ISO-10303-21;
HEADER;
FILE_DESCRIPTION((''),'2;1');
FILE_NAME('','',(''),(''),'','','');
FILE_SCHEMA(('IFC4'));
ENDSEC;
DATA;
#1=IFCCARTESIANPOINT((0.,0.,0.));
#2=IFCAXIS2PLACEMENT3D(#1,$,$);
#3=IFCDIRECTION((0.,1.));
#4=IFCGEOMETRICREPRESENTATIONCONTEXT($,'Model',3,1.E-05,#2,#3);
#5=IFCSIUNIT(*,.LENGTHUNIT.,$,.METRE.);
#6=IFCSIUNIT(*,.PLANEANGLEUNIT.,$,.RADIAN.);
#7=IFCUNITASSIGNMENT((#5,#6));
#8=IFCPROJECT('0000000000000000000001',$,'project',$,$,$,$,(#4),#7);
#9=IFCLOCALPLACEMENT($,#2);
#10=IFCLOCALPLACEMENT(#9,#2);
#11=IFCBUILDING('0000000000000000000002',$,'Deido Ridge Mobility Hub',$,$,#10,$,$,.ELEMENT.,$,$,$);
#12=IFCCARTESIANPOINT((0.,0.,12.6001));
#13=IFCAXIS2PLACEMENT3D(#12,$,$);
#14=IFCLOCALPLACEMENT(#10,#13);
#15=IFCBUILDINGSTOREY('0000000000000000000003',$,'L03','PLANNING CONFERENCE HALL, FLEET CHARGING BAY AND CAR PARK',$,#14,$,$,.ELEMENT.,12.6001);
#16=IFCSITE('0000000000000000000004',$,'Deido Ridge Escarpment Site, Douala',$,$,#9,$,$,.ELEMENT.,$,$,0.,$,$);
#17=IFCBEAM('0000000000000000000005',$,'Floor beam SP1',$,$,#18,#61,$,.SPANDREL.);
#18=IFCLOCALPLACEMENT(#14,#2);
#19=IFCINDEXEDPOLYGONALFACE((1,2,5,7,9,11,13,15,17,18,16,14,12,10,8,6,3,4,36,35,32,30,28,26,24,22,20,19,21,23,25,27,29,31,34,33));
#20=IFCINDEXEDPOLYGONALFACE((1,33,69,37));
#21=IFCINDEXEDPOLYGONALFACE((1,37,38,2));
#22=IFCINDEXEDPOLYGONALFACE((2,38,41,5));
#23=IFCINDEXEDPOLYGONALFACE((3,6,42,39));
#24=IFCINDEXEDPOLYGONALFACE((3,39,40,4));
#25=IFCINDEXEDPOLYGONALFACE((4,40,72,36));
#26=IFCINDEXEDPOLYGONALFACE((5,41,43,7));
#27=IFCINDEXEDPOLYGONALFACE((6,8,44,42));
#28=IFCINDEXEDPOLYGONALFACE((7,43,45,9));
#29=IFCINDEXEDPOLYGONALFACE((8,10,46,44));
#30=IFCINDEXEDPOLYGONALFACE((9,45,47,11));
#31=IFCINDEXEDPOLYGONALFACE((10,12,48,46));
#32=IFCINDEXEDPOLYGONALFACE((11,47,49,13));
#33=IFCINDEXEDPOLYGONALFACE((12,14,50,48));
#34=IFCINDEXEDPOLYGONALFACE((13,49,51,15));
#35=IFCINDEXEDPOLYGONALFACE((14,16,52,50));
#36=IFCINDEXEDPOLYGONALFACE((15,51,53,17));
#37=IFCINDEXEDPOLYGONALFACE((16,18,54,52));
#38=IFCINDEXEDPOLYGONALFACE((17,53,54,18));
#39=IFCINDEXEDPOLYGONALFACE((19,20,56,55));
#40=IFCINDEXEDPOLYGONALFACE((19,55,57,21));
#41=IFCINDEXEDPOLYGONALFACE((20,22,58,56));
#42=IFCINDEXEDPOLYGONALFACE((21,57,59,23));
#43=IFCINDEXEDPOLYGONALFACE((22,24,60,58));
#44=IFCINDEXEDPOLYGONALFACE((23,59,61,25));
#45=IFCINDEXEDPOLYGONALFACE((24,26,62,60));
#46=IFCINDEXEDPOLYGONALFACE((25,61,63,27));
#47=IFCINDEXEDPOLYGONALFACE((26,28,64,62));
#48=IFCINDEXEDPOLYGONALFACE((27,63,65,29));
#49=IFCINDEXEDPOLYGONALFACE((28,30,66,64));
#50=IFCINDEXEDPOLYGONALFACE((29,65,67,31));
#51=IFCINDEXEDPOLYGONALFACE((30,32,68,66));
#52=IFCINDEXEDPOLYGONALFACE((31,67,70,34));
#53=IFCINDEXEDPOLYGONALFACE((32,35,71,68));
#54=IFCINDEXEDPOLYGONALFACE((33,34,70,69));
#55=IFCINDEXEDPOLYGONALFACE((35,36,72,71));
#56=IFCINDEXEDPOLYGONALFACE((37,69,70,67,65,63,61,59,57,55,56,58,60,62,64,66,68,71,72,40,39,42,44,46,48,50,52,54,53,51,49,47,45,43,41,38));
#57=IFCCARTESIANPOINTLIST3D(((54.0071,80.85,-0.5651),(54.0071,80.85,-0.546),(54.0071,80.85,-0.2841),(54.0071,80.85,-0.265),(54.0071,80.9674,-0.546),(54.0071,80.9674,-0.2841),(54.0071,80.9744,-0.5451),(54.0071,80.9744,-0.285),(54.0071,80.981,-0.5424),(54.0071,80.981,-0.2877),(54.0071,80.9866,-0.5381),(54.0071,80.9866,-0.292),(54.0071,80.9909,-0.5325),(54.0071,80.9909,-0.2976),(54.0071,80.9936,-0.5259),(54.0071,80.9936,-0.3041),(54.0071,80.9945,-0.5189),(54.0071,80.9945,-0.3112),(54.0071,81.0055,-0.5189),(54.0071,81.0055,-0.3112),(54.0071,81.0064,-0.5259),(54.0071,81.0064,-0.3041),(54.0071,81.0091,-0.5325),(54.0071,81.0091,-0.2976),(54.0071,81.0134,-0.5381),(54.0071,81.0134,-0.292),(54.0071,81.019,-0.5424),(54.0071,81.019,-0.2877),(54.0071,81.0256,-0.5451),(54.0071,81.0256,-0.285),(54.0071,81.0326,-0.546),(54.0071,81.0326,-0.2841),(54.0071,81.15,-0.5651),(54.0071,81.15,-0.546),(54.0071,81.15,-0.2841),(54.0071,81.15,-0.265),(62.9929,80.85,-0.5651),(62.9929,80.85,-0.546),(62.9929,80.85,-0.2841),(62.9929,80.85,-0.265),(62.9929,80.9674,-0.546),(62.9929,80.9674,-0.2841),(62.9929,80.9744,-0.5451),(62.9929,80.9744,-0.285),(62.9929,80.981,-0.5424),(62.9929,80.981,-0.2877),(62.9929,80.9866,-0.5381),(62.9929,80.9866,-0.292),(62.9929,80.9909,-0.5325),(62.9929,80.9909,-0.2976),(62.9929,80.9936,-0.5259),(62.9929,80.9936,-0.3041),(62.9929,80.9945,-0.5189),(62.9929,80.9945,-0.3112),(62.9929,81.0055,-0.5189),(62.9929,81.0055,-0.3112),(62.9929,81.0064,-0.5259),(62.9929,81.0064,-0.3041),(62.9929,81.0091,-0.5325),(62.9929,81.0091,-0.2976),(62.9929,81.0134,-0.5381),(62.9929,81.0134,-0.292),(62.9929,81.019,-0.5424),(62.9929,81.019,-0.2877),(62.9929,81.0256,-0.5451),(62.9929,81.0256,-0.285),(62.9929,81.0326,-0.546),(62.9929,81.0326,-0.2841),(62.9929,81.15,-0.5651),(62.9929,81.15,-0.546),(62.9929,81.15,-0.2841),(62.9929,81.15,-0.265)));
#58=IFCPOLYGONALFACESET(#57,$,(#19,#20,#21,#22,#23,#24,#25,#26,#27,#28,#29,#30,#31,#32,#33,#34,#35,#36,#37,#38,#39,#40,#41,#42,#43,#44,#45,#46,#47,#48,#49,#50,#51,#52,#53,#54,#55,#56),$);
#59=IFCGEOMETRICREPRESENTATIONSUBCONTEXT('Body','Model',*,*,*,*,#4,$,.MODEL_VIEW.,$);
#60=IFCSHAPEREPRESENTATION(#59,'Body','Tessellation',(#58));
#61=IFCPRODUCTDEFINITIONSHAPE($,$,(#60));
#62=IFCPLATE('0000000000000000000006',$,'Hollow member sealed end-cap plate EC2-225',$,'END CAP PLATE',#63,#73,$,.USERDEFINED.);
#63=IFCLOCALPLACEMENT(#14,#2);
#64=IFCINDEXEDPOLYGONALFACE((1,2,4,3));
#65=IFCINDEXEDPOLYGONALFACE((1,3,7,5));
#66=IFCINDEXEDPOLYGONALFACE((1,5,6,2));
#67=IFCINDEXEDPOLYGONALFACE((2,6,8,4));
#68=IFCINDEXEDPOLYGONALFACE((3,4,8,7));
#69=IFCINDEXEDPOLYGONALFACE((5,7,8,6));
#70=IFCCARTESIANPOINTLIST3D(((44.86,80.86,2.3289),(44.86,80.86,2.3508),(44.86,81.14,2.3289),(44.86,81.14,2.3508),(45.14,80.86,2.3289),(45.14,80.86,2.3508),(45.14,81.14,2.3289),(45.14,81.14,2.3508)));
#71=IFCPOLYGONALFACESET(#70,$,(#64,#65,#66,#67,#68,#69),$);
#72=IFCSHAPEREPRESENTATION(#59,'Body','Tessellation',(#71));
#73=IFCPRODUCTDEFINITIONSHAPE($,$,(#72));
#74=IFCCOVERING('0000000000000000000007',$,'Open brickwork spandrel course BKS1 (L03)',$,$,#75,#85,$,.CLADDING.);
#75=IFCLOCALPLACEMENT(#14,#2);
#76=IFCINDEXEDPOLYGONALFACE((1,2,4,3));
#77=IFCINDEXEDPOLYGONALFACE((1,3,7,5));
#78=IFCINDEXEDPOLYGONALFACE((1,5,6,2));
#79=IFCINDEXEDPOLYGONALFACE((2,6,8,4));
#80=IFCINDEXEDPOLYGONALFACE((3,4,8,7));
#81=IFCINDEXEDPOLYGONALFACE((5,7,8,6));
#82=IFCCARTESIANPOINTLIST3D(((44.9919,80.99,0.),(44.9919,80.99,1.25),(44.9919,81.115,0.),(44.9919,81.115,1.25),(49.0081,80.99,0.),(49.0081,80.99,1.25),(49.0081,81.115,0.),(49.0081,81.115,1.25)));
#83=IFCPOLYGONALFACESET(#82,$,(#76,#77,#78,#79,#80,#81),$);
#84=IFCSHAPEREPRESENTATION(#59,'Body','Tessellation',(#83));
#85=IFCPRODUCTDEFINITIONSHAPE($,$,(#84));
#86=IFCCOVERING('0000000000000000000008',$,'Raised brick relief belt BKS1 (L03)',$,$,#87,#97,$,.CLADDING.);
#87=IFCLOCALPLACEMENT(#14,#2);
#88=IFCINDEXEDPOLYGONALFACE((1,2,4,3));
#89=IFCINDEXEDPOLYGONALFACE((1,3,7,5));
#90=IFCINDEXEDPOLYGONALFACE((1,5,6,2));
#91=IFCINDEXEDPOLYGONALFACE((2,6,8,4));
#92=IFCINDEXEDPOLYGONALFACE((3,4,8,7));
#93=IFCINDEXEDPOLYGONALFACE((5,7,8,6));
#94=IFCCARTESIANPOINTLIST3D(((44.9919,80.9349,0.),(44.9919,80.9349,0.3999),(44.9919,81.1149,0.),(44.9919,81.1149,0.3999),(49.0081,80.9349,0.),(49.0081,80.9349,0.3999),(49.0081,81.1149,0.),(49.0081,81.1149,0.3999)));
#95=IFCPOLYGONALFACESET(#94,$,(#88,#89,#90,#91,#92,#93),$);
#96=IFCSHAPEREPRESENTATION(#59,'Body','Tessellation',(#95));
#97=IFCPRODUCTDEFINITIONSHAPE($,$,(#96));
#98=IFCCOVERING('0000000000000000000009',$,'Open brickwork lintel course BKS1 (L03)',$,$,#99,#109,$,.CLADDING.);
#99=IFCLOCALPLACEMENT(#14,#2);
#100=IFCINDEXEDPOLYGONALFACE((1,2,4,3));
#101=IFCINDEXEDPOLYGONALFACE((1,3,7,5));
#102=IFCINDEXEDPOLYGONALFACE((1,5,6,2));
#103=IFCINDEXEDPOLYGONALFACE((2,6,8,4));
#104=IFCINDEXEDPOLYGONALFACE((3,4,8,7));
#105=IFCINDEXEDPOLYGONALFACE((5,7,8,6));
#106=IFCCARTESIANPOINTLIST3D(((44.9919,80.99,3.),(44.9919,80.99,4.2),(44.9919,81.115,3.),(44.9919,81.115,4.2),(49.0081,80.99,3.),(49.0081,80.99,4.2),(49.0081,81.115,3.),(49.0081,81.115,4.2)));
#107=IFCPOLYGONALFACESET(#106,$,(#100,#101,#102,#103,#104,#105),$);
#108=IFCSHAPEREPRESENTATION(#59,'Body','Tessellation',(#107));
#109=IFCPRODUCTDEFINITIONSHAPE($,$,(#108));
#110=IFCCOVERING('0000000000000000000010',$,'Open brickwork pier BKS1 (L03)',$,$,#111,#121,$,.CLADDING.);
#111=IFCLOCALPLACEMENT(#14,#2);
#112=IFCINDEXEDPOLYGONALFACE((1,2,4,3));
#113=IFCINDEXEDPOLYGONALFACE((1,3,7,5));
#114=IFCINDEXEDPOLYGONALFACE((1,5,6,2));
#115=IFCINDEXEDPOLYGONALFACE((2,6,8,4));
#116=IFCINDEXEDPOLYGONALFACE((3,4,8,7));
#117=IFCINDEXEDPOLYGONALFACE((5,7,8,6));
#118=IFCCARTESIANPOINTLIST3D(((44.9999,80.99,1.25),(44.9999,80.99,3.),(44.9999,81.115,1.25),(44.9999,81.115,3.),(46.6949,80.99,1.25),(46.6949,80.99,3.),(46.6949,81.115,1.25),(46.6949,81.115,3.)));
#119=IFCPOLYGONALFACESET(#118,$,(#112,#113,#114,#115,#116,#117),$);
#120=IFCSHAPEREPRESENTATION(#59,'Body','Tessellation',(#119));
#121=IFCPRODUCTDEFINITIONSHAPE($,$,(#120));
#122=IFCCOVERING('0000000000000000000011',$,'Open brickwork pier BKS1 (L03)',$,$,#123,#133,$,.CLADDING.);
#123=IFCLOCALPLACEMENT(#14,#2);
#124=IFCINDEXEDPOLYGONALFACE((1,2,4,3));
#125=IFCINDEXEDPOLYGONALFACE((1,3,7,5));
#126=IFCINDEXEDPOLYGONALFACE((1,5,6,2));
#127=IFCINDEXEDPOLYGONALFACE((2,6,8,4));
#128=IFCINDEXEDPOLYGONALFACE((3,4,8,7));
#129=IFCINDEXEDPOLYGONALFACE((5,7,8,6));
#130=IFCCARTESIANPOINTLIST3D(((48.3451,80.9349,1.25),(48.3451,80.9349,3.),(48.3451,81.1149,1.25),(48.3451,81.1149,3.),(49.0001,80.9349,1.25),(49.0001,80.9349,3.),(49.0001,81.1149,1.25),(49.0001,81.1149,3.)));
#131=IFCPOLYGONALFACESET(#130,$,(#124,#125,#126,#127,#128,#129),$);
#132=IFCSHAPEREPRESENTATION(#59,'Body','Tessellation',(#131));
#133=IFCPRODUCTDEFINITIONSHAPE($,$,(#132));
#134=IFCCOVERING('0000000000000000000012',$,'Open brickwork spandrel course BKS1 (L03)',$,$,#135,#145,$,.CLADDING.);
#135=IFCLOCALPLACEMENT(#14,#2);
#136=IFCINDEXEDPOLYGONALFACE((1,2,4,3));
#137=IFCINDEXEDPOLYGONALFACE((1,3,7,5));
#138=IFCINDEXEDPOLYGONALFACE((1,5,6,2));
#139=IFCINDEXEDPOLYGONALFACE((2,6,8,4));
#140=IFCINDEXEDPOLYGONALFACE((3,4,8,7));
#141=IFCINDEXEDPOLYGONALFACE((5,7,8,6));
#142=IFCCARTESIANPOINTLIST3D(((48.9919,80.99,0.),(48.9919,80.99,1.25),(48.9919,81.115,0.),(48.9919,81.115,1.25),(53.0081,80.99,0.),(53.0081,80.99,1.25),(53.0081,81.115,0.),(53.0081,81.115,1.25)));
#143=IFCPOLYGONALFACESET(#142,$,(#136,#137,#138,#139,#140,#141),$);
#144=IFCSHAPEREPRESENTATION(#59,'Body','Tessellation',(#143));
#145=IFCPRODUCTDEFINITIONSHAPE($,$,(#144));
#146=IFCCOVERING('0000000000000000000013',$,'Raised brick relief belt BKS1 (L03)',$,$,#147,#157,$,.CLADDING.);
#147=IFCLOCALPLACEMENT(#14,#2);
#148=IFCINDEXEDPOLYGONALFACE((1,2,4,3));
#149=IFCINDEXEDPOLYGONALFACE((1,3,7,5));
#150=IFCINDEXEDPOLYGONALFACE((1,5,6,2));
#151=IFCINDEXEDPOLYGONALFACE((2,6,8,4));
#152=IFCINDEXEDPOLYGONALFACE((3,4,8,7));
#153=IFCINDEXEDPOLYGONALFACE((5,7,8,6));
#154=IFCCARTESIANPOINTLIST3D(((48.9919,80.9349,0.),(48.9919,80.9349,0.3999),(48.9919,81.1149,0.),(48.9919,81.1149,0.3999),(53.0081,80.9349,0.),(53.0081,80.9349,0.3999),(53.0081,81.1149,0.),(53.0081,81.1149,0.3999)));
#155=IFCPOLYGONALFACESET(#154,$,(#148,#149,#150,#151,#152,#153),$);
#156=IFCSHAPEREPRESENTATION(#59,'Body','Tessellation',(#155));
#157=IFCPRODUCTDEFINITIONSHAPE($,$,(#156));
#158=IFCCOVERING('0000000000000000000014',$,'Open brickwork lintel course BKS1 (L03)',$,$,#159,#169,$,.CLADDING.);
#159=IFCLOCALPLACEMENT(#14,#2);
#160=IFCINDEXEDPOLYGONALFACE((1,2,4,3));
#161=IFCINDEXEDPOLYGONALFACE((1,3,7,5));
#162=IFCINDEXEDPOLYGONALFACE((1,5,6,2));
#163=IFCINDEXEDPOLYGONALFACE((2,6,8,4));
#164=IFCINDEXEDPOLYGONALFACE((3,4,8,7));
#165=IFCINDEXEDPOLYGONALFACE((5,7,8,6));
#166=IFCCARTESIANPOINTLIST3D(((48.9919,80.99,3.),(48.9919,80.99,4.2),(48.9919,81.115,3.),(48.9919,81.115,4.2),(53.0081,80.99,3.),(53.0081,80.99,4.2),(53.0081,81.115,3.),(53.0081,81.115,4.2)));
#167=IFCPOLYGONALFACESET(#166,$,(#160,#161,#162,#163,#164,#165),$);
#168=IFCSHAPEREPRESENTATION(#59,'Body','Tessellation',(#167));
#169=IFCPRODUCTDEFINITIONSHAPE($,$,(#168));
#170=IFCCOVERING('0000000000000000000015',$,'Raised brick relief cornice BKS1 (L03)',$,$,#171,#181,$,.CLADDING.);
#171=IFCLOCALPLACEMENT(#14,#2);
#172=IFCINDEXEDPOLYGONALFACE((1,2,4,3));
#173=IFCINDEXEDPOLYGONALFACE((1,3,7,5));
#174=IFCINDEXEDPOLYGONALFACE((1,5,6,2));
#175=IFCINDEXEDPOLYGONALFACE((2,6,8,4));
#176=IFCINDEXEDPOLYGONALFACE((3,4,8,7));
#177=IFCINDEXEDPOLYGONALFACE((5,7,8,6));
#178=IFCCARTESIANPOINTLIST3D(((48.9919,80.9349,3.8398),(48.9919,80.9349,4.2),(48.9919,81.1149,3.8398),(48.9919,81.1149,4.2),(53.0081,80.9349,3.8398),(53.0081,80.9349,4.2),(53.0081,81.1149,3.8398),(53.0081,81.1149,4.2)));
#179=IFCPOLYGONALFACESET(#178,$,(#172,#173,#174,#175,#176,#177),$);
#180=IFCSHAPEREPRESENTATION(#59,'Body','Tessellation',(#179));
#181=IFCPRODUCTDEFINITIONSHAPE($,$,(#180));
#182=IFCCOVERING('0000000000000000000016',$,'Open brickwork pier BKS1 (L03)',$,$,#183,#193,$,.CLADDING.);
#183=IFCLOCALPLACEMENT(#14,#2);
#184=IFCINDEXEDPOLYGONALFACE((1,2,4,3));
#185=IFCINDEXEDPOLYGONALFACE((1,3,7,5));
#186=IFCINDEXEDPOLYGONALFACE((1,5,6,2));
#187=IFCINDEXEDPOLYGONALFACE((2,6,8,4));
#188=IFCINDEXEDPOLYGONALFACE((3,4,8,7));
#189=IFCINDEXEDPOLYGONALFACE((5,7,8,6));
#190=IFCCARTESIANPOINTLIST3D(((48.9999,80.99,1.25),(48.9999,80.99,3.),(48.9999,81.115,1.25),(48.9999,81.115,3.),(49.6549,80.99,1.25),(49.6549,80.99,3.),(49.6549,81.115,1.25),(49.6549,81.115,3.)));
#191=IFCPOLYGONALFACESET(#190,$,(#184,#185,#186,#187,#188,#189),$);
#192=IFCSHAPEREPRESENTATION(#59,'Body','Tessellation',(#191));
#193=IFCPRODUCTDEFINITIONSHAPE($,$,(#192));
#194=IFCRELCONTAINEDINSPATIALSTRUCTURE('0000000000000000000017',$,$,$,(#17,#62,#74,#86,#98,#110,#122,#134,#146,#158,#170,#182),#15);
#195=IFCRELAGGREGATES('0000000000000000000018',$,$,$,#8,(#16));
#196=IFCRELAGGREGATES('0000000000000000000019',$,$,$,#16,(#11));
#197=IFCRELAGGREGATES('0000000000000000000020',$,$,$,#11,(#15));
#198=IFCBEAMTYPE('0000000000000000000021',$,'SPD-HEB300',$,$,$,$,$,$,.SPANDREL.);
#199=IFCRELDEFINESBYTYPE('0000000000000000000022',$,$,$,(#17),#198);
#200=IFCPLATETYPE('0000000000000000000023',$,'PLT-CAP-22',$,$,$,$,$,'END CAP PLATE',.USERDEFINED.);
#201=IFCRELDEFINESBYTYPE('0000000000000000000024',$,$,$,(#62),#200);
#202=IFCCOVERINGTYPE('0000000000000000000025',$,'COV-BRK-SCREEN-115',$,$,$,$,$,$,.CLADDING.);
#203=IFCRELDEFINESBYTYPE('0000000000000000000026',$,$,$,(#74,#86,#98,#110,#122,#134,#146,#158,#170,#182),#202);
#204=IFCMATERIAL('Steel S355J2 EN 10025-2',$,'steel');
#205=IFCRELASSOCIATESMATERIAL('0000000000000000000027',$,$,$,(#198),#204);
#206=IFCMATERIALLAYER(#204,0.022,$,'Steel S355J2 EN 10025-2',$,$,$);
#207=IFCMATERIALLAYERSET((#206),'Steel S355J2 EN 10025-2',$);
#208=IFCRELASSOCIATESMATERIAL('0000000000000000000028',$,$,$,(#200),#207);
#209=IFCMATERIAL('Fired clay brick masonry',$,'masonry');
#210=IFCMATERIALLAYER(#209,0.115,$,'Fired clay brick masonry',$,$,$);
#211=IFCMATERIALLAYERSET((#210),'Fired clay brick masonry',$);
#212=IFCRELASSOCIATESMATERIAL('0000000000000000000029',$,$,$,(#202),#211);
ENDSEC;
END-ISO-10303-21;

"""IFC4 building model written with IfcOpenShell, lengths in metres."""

from ifc_helpers import new_model, si_unit, direction, frame, origin, origin_2d, place, context, subcontext, project, spatial, rectangle, i_section, extrude, material, layer, layer_set, material_profile, profile_set, type_object, element, save


model = new_model("IFC4")

# Units and contexts
model_context = context("Model", 3, precision=1e-05, world=origin(), true_north=direction((0.0, 1.0)))
body_context = subcontext(model_context, "Body", "Model", "MODEL_VIEW")
ifc_project = project(units=[si_unit("LENGTHUNIT", "METRE"), si_unit("PLANEANGLEUNIT", "RADIAN")], contexts=[model_context])

# Site, building, storey
site_placement = place(None, origin())
site = spatial("IfcSite", under=ifc_project, at=site_placement, Name="Deido Ridge Escarpment Site, Douala", CompositionType="ELEMENT", RefElevation=0.0)
building_placement = place(site_placement, origin())
building = spatial("IfcBuilding", under=site, at=building_placement, Name="Deido Ridge Mobility Hub", CompositionType="ELEMENT")
storey_placement = place(building_placement, frame((0.0, 0.0, 12.6001)))
storey = spatial("IfcBuildingStorey", under=building, at=storey_placement, Name="L03", Description="PLANNING CONFERENCE HALL, FLEET CHARGING BAY AND CAR PARK", CompositionType="ELEMENT", Elevation=12.6001)

# Shared definitions
ifc_material_1 = material(Name="Steel S355J2 EN 10025-2", Category="steel")

# Beam
ifc_material_profile_1 = material_profile(ifc_material_1, i_section(OverallWidth=0.3, OverallDepth=0.3, WebThickness=0.011, FlangeThickness=0.019, FilletRadius=0.0271, at=origin_2d()), Name="HEB 300")
ifc_profile_set_1 = profile_set([ifc_material_profile_1], Name="Steel S355J2 EN 10025-2")
beam_type_1 = type_object("IfcBeamType", Name="SPD-HEB300", PredefinedType="SPANDREL", material=ifc_profile_set_1)
for number, where, z_axis, x_axis, name in (
    (1, (54.0071, 81.0, -0.415), (1.0, 0.0, 0.0), (0.0, 1.0, 0.0), "Floor beam SP1"),
):
    element("IfcBeam", number, at=place(storey_placement, frame(where, z_axis=z_axis, x_axis=x_axis)), inside=storey, type_object=beam_type_1, Name=name, PredefinedType="SPANDREL", context=body_context, shape_type="SweptSolid", body=[
        extrude(i_section(OverallWidth=0.3, OverallDepth=0.3, WebThickness=0.011, FlangeThickness=0.019, FilletRadius=0.0271, at=origin_2d()), origin(), (0.0, 0.0, 1.0), 8.9858),
    ])

# Plate
ifc_layer_1 = layer(ifc_material_1, 0.022, Name="Steel S355J2 EN 10025-2")
ifc_layer_set_1 = layer_set([ifc_layer_1], Name="Steel S355J2 EN 10025-2")
plate_type = type_object("IfcPlateType", Name="PLT-CAP-22", ElementType="END CAP PLATE", PredefinedType="USERDEFINED", material=ifc_layer_set_1)
plate_placement = place(storey_placement, frame((45.0, 81.0, 2.3289), z_axis=(0.0, 0.0, 1.0), x_axis=(1.0, 0.0, 0.0)))
element("IfcPlate", 2, at=plate_placement, inside=storey, type_object=plate_type, Name="Hollow member sealed end-cap plate EC2-225", ObjectType="END CAP PLATE", PredefinedType="USERDEFINED", context=body_context, shape_type="SweptSolid", body=[
    extrude(rectangle(XDim=0.28, YDim=0.28, at=origin_2d()), origin(), (0.0, 0.0, 1.0), 0.022),
])

# Coverings
ifc_material_2 = material(Name="Fired clay brick masonry", Category="masonry")
ifc_layer_2 = layer(ifc_material_2, 0.115, Name="Fired clay brick masonry")
ifc_layer_set_2 = layer_set([ifc_layer_2], Name="Fired clay brick masonry")
covering_type = type_object("IfcCoveringType", Name="COV-BRK-SCREEN-115", PredefinedType="CLADDING", material=ifc_layer_set_2)
covering_1_placement = place(storey_placement, frame((47.0, 81.0525, 0.0), z_axis=(0.0, 0.0, 1.0), x_axis=(1.0, 0.0, 0.0)))
element("IfcCovering", 3, at=covering_1_placement, inside=storey, type_object=covering_type, Name="Open brickwork spandrel course BKS1 (L03)", PredefinedType="CLADDING", context=body_context, shape_type="SweptSolid", body=[
    extrude(rectangle(XDim=4.0161, YDim=0.125, at=origin_2d()), origin(), (0.0, 0.0, 1.0), 1.25),
])
covering_2_placement = place(storey_placement, frame((47.0, 81.0249, 0.0), z_axis=(0.0, 0.0, 1.0), x_axis=(1.0, 0.0, 0.0)))
element("IfcCovering", 4, at=covering_2_placement, inside=storey, type_object=covering_type, Name="Raised brick relief belt BKS1 (L03)", PredefinedType="CLADDING", context=body_context, shape_type="SweptSolid", body=[
    extrude(rectangle(XDim=4.0161, YDim=0.1799, at=origin_2d()), origin(), (0.0, 0.0, 1.0), 0.3999),
])
covering_3_placement = place(storey_placement, frame((47.0, 81.0525, 3.0), z_axis=(0.0, 0.0, 1.0), x_axis=(1.0, 0.0, 0.0)))
element("IfcCovering", 5, at=covering_3_placement, inside=storey, type_object=covering_type, Name="Open brickwork lintel course BKS1 (L03)", PredefinedType="CLADDING", context=body_context, shape_type="SweptSolid", body=[
    extrude(rectangle(XDim=4.0161, YDim=0.125, at=origin_2d()), origin(), (0.0, 0.0, 1.0), 1.2),
])
covering_4_placement = place(storey_placement, frame((45.8474, 81.0525, 1.25), z_axis=(0.0, 0.0, 1.0), x_axis=(1.0, 0.0, 0.0)))
element("IfcCovering", 6, at=covering_4_placement, inside=storey, type_object=covering_type, Name="Open brickwork pier BKS1 (L03)", PredefinedType="CLADDING", context=body_context, shape_type="SweptSolid", body=[
    extrude(rectangle(XDim=1.6951, YDim=0.125, at=origin_2d()), origin(), (0.0, 0.0, 1.0), 1.75),
])
covering_5_placement = place(storey_placement, frame((48.6726, 81.0249, 1.25), z_axis=(0.0, 0.0, 1.0), x_axis=(1.0, 0.0, 0.0)))
element("IfcCovering", 7, at=covering_5_placement, inside=storey, type_object=covering_type, Name="Open brickwork pier BKS1 (L03)", PredefinedType="CLADDING", context=body_context, shape_type="SweptSolid", body=[
    extrude(rectangle(XDim=0.655, YDim=0.1799, at=origin_2d()), origin(), (0.0, 0.0, 1.0), 1.75),
])
covering_6_placement = place(storey_placement, frame((51.0, 81.0525, 0.0), z_axis=(0.0, 0.0, 1.0), x_axis=(1.0, 0.0, 0.0)))
element("IfcCovering", 8, at=covering_6_placement, inside=storey, type_object=covering_type, Name="Open brickwork spandrel course BKS1 (L03)", PredefinedType="CLADDING", context=body_context, shape_type="SweptSolid", body=[
    extrude(rectangle(XDim=4.0161, YDim=0.125, at=origin_2d()), origin(), (0.0, 0.0, 1.0), 1.25),
])
covering_7_placement = place(storey_placement, frame((51.0, 81.0249, 0.0), z_axis=(0.0, 0.0, 1.0), x_axis=(1.0, 0.0, 0.0)))
element("IfcCovering", 9, at=covering_7_placement, inside=storey, type_object=covering_type, Name="Raised brick relief belt BKS1 (L03)", PredefinedType="CLADDING", context=body_context, shape_type="SweptSolid", body=[
    extrude(rectangle(XDim=4.0161, YDim=0.1799, at=origin_2d()), origin(), (0.0, 0.0, 1.0), 0.3999),
])
covering_8_placement = place(storey_placement, frame((51.0, 81.0525, 3.0), z_axis=(0.0, 0.0, 1.0), x_axis=(1.0, 0.0, 0.0)))
element("IfcCovering", 10, at=covering_8_placement, inside=storey, type_object=covering_type, Name="Open brickwork lintel course BKS1 (L03)", PredefinedType="CLADDING", context=body_context, shape_type="SweptSolid", body=[
    extrude(rectangle(XDim=4.0161, YDim=0.125, at=origin_2d()), origin(), (0.0, 0.0, 1.0), 1.2),
])
covering_9_placement = place(storey_placement, frame((51.0, 81.0249, 3.8398), z_axis=(0.0, 0.0, 1.0), x_axis=(1.0, 0.0, 0.0)))
element("IfcCovering", 11, at=covering_9_placement, inside=storey, type_object=covering_type, Name="Raised brick relief cornice BKS1 (L03)", PredefinedType="CLADDING", context=body_context, shape_type="SweptSolid", body=[
    extrude(rectangle(XDim=4.0161, YDim=0.1799, at=origin_2d()), origin(), (0.0, 0.0, 1.0), 0.3601),
])
covering_10_placement = place(storey_placement, frame((49.3274, 81.0525, 1.25), z_axis=(0.0, 0.0, 1.0), x_axis=(1.0, 0.0, 0.0)))
element("IfcCovering", 12, at=covering_10_placement, inside=storey, type_object=covering_type, Name="Open brickwork pier BKS1 (L03)", PredefinedType="CLADDING", context=body_context, shape_type="SweptSolid", body=[
    extrude(rectangle(XDim=0.655, YDim=0.125, at=origin_2d()), origin(), (0.0, 0.0, 1.0), 1.75),
])

save(model, "model.ifc")
